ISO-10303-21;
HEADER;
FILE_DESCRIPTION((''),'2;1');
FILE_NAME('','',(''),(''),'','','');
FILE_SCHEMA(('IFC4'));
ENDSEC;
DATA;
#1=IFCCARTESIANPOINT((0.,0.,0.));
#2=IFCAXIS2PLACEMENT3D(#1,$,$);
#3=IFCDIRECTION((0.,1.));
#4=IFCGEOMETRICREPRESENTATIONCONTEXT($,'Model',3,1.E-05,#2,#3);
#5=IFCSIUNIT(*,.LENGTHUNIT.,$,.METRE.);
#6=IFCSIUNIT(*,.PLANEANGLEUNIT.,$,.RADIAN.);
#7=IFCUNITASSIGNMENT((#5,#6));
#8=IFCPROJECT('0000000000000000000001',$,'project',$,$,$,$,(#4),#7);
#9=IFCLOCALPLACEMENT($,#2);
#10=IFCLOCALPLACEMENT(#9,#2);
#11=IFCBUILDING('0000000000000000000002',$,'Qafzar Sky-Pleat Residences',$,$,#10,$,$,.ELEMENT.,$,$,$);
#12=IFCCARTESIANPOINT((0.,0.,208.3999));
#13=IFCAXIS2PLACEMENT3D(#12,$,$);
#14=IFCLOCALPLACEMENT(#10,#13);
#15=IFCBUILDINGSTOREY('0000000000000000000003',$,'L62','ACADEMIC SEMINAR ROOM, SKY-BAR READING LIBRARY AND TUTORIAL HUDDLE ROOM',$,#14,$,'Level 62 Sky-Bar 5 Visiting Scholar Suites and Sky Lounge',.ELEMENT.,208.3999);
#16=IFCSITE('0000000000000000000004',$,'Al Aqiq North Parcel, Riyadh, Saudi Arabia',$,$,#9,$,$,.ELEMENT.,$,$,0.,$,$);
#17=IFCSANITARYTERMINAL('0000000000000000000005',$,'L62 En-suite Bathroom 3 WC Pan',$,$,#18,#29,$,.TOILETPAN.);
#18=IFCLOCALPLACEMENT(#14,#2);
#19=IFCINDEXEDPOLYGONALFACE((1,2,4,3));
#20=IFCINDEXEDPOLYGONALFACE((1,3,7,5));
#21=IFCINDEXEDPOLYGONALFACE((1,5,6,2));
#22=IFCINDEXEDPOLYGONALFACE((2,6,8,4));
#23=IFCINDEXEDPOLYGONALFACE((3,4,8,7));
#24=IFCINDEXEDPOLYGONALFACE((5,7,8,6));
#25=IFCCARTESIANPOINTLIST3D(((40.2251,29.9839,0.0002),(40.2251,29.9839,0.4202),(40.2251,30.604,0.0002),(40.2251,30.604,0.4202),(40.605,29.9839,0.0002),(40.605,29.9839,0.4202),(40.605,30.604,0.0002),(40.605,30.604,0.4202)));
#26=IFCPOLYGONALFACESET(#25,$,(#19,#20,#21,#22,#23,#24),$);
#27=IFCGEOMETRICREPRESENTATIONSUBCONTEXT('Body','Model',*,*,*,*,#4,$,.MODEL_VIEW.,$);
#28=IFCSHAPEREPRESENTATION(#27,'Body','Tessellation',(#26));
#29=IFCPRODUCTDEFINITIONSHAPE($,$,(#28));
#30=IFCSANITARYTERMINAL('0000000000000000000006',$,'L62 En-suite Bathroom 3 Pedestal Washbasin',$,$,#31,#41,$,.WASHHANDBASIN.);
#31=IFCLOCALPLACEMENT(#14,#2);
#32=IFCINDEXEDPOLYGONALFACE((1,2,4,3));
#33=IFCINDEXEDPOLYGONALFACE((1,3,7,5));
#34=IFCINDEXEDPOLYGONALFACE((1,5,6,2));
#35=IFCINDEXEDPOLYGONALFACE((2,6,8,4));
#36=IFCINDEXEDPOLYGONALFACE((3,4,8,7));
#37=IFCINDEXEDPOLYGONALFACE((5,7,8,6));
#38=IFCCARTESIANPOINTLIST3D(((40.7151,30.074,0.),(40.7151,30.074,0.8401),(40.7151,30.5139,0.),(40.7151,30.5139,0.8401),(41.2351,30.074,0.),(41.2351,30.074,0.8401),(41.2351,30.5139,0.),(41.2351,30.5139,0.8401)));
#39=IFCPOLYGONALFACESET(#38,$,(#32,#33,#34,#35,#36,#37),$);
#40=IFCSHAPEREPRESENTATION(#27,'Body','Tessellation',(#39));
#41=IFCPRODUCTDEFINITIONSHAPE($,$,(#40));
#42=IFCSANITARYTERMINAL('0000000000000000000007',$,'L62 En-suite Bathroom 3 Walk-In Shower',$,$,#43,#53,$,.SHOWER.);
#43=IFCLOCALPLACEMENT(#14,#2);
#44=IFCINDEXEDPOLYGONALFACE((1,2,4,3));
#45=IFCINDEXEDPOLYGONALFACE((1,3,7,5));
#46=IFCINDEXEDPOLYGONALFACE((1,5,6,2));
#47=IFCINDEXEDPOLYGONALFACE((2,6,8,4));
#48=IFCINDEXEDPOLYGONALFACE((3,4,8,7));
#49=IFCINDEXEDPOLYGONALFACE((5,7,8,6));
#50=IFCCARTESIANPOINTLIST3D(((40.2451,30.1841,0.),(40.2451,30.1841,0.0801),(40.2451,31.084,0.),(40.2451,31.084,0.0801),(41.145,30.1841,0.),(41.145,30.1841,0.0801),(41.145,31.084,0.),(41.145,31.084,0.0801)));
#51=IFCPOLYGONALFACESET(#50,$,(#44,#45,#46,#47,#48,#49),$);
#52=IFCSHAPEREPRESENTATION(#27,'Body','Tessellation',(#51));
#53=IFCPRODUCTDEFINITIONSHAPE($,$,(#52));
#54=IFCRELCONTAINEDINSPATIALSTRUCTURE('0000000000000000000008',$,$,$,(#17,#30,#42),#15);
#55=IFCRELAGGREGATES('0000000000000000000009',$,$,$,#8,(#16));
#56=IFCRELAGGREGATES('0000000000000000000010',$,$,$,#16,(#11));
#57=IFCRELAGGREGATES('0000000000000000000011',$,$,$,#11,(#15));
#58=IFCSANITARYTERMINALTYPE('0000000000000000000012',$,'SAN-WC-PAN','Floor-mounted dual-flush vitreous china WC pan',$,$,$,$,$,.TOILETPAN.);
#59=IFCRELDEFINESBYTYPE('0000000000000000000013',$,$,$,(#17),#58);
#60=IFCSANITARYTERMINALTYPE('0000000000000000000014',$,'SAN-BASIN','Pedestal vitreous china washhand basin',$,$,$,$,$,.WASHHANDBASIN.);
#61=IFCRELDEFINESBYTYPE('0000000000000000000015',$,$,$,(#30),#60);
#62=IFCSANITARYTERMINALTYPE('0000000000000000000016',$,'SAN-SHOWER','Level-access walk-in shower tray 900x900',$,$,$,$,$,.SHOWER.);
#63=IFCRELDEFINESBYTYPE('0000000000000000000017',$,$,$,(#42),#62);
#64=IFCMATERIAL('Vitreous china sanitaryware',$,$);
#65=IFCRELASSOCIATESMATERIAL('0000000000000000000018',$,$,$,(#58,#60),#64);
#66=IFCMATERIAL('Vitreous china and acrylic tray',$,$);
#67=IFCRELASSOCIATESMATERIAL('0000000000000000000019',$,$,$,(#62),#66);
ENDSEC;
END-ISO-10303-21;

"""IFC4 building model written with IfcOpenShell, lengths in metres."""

from ifc_helpers import new_model, si_unit, direction, frame, origin, origin_2d, place, context, subcontext, project, spatial, rectangle, extrude, source, transform, mapped, material, type_object, element, save


model = new_model("IFC4")

# Units and contexts
model_context = context("Model", 3, precision=1e-05, world=origin(), true_north=direction((0.0, 1.0)))
body_context = subcontext(model_context, "Body", "Model", "MODEL_VIEW")
ifc_project = project(units=[si_unit("LENGTHUNIT", "METRE"), si_unit("PLANEANGLEUNIT", "RADIAN")], contexts=[model_context])

# Site, building, storey
site_placement = place(None, origin())
site = spatial("IfcSite", under=ifc_project, at=site_placement, Name="Al Aqiq North Parcel, Riyadh, Saudi Arabia", CompositionType="ELEMENT", RefElevation=0.0)
building_placement = place(site_placement, origin())
building = spatial("IfcBuilding", under=site, at=building_placement, Name="Qafzar Sky-Pleat Residences", CompositionType="ELEMENT")
storey_placement = place(building_placement, frame((0.0, 0.0, 208.3999)))
storey = spatial("IfcBuildingStorey", under=building, at=storey_placement, Name="L62", Description="ACADEMIC SEMINAR ROOM, SKY-BAR READING LIBRARY AND TUTORIAL HUDDLE ROOM", LongName="Level 62 Sky-Bar 5 Visiting Scholar Suites and Sky Lounge", CompositionType="ELEMENT", Elevation=208.3999)

# Sanitary terminals
ifc_material_1 = material(Name="Vitreous china sanitaryware")
sanitary_terminal_type_1 = type_object("IfcSanitaryTerminalType", Name="SAN-WC-PAN", Description="Floor-mounted dual-flush vitreous china WC pan", PredefinedType="TOILETPAN", material=ifc_material_1)
shared_shape_1 = source(origin(), body_context, "Body", "SweptSolid", [
    extrude(rectangle(XDim=0.3799, YDim=0.6201, at=origin_2d()), origin(), (0.0, 0.0, 1.0), 0.4199),
])
sanitary_terminal_1_placement = place(storey_placement, frame((40.415, 30.2939, 0.0002), z_axis=(0.0, 0.0, 1.0), x_axis=(1.0, 0.0, 0.0)))
element("IfcSanitaryTerminal", 1, at=sanitary_terminal_1_placement, inside=storey, type_object=sanitary_terminal_type_1, Name="L62 En-suite Bathroom 3 WC Pan", PredefinedType="TOILETPAN", context=body_context, shape_type="MappedRepresentation", body=[
    mapped(shared_shape_1, transform((0.0, 0.0, 0.0), x_axis=(1.0, 0.0, 0.0), y_axis=(0.0, 1.0, 0.0), z_axis=(0.0, 0.0, 1.0), scale=1.0)),
])
sanitary_terminal_type_2 = type_object("IfcSanitaryTerminalType", Name="SAN-BASIN", Description="Pedestal vitreous china washhand basin", PredefinedType="WASHHANDBASIN", material=ifc_material_1)
shared_shape_2 = source(origin(), body_context, "Body", "SweptSolid", [
    extrude(rectangle(XDim=0.52, YDim=0.4399, at=origin_2d()), origin(), (0.0, 0.0, 1.0), 0.8401),
])
sanitary_terminal_2_placement = place(storey_placement, frame((40.9751, 30.2939, 0.0), z_axis=(0.0, 0.0, 1.0), x_axis=(1.0, 0.0, 0.0)))
element("IfcSanitaryTerminal", 2, at=sanitary_terminal_2_placement, inside=storey, type_object=sanitary_terminal_type_2, Name="L62 En-suite Bathroom 3 Pedestal Washbasin", PredefinedType="WASHHANDBASIN", context=body_context, shape_type="MappedRepresentation", body=[
    mapped(shared_shape_2, transform((0.0, 0.0, 0.0), x_axis=(1.0, 0.0, 0.0), y_axis=(0.0, 1.0, 0.0), z_axis=(0.0, 0.0, 1.0), scale=1.0)),
])
ifc_material_2 = material(Name="Vitreous china and acrylic tray")
sanitary_terminal_type_3 = type_object("IfcSanitaryTerminalType", Name="SAN-SHOWER", Description="Level-access walk-in shower tray 900x900", PredefinedType="SHOWER", material=ifc_material_2)
shared_shape_3 = source(origin(), body_context, "Body", "SweptSolid", [
    extrude(rectangle(XDim=0.8999, YDim=0.8999, at=origin_2d()), origin(), (0.0, 0.0, 1.0), 0.0801),
])
sanitary_terminal_3_placement = place(storey_placement, frame((40.6951, 30.634, 0.0), z_axis=(0.0, 0.0, 1.0), x_axis=(1.0, 0.0, 0.0)))
element("IfcSanitaryTerminal", 3, at=sanitary_terminal_3_placement, inside=storey, type_object=sanitary_terminal_type_3, Name="L62 En-suite Bathroom 3 Walk-In Shower", PredefinedType="SHOWER", context=body_context, shape_type="MappedRepresentation", body=[
    mapped(shared_shape_3, transform((0.0, 0.0, 0.0), x_axis=(1.0, 0.0, 0.0), y_axis=(0.0, 1.0, 0.0), z_axis=(0.0, 0.0, 1.0), scale=1.0)),
])

save(model, "model.ifc")
